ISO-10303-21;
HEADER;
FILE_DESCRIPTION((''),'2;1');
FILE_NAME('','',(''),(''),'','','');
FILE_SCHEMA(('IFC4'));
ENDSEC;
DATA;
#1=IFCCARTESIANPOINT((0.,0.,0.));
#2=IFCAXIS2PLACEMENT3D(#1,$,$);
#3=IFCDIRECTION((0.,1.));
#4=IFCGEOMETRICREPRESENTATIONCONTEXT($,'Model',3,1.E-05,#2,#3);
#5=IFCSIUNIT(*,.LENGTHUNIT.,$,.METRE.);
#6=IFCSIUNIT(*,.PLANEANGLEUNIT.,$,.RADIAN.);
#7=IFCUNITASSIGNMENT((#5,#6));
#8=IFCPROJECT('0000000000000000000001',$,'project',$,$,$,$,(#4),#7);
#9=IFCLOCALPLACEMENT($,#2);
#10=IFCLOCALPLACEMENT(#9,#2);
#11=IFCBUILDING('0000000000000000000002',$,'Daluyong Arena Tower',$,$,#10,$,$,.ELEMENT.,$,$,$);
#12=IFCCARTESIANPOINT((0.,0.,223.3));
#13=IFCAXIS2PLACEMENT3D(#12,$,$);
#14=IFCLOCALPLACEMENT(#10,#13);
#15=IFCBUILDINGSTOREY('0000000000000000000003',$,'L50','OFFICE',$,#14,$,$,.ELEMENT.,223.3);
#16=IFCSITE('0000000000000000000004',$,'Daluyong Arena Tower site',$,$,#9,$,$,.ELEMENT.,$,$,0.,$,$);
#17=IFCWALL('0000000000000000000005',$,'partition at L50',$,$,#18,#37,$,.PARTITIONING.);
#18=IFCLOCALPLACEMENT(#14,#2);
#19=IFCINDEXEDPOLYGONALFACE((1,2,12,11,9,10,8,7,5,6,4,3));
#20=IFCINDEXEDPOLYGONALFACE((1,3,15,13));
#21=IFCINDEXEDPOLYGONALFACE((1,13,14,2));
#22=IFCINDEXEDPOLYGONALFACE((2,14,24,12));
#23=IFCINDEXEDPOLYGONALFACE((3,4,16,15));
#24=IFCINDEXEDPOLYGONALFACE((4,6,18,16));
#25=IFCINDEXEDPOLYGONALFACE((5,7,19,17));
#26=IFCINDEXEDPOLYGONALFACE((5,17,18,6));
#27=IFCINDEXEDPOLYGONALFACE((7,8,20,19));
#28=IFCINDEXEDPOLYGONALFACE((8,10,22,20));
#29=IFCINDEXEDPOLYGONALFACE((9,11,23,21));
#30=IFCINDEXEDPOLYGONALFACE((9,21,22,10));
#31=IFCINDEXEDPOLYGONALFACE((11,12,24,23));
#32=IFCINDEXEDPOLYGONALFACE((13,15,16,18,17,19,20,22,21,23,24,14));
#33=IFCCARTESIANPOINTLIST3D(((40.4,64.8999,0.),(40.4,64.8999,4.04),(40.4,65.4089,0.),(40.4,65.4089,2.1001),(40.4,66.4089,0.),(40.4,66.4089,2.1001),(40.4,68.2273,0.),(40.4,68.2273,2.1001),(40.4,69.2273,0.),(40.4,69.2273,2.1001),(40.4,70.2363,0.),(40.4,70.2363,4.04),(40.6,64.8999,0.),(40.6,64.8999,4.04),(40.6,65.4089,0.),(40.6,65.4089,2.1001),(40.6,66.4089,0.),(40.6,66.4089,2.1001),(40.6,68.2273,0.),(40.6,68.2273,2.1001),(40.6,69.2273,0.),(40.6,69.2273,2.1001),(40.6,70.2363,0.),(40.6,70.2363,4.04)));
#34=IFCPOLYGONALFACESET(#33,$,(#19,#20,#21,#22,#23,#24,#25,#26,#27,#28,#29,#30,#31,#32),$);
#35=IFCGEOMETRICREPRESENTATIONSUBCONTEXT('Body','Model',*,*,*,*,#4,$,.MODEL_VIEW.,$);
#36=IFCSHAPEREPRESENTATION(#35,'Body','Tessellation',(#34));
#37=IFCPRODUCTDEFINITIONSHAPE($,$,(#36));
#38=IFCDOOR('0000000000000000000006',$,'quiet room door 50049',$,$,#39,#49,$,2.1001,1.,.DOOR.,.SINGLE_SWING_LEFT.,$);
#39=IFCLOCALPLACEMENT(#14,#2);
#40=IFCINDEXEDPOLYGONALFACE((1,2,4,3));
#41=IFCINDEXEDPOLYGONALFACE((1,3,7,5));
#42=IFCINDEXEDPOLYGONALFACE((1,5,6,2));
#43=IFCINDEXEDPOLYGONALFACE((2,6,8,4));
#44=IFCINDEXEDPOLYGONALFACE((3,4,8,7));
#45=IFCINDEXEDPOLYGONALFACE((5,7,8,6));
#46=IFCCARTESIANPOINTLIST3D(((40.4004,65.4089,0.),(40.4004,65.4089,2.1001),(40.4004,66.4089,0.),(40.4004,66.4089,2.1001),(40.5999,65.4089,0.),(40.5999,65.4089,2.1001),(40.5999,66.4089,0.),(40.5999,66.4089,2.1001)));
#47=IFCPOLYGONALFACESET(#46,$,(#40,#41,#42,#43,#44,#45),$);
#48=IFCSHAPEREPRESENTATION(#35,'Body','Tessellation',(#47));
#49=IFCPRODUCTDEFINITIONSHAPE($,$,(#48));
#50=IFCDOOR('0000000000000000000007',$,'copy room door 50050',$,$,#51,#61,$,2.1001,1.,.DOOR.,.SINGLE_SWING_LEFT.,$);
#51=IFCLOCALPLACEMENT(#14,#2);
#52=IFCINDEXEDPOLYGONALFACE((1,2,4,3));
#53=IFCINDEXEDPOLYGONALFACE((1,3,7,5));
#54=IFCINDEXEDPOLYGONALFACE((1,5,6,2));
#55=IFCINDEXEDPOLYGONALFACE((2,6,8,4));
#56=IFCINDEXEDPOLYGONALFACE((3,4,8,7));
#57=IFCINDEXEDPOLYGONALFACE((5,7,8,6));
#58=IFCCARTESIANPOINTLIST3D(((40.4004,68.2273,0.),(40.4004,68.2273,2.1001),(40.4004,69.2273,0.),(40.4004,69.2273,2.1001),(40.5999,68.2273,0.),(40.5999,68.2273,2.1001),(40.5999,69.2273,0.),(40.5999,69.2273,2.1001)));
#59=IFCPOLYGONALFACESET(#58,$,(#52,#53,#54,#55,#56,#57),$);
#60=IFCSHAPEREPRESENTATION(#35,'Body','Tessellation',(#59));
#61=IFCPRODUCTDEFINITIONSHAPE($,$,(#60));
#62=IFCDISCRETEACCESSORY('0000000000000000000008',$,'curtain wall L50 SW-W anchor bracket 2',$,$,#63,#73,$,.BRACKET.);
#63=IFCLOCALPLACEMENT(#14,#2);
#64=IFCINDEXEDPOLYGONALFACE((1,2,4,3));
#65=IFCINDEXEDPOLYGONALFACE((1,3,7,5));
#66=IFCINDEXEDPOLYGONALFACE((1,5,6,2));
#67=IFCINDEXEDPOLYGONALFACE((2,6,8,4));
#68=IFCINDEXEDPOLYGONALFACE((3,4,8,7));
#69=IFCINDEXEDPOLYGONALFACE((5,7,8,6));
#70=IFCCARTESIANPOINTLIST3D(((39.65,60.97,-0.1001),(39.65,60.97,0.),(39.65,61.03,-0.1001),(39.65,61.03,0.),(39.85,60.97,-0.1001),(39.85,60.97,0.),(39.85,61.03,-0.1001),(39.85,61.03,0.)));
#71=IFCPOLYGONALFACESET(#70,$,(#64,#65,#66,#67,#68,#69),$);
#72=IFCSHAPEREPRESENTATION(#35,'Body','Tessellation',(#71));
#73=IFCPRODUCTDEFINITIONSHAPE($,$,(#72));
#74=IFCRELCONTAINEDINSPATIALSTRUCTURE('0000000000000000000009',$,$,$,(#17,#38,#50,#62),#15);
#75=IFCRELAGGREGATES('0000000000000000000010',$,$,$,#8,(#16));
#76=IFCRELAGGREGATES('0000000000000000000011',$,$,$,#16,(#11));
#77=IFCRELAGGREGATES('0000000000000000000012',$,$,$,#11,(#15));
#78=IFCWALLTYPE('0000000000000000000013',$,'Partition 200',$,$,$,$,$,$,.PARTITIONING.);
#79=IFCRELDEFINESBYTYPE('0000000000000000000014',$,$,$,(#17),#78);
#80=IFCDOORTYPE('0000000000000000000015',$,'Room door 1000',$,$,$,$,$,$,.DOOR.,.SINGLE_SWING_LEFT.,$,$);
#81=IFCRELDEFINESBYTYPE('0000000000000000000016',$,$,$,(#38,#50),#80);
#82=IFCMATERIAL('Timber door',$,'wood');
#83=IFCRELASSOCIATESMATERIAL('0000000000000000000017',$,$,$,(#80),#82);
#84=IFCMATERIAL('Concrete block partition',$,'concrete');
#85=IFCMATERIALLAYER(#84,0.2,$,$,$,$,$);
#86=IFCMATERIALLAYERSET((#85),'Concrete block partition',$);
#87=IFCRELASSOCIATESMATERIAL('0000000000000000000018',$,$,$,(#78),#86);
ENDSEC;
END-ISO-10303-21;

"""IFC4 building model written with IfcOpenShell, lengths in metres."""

from ifc_helpers import new_model, si_unit, direction, frame, frame_2d, origin, origin_2d, place, context, subcontext, project, spatial, rectangle, extrude, material, layer, layer_set, type_object, element, fill, save


model = new_model("IFC4")

# Units and contexts
model_context = context("Model", 3, precision=1e-05, world=origin(), true_north=direction((0.0, 1.0)))
body_context = subcontext(model_context, "Body", "Model", "MODEL_VIEW")
ifc_project = project(units=[si_unit("LENGTHUNIT", "METRE"), si_unit("PLANEANGLEUNIT", "RADIAN")], contexts=[model_context])

# Site, building, storey
site_placement = place(None, origin())
site = spatial("IfcSite", under=ifc_project, at=site_placement, Name="Daluyong Arena Tower site", CompositionType="ELEMENT", RefElevation=0.0)
building_placement = place(site_placement, origin())
building = spatial("IfcBuilding", under=site, at=building_placement, Name="Daluyong Arena Tower", CompositionType="ELEMENT")
storey_placement = place(building_placement, frame((0.0, 0.0, 223.3)))
storey = spatial("IfcBuildingStorey", under=building, at=storey_placement, Name="L50", Description="OFFICE", CompositionType="ELEMENT", Elevation=223.3)

# Shared definitions
ifc_material_1 = material(Name="Timber door", Category="wood")
door_type = type_object("IfcDoorType", Name="Room door 1000", OperationType="SINGLE_SWING_LEFT", PredefinedType="DOOR", material=ifc_material_1)

# Shared definitions
ifc_material_2 = material(Name="Concrete block partition", Category="concrete")
ifc_layer_1 = layer(ifc_material_2, 0.2)
ifc_layer_set_1 = layer_set([ifc_layer_1], Name="Concrete block partition")
wall_type_1 = type_object("IfcWallType", Name="Partition 200", PredefinedType="PARTITIONING", material=ifc_layer_set_1)

# Wall, openings, doors
wall_1_placement = place(storey_placement, frame((40.5, 64.8999, 0.0), z_axis=(0.0, 0.0, 1.0), x_axis=(0.0, 1.0, 0.0)))
wall_1 = element("IfcWall", 1, at=wall_1_placement, inside=storey, type_object=wall_type_1, Name="partition at L50", PredefinedType="PARTITIONING", context=body_context, shape_type="SweptSolid", body=[
    extrude(rectangle(XDim=5.3364, YDim=0.2, at=frame_2d((2.6682, 0.0))), origin(), (0.0, 0.0, 1.0), 4.04),
])
opening_1_placement = place(wall_1_placement, frame((0.509, 0.0, 0.0)))
opening_1 = element("IfcOpeningElement", 2, at=opening_1_placement, cuts=wall_1, PredefinedType="OPENING", context=body_context, shape_type="SweptSolid", body=[
    extrude(rectangle(XDim=1.0, YDim=2.1001, at=frame_2d((0.5, 1.05))), frame((0.0, 0.1099, 0.0), z_axis=(0.0, -1.0, 0.0), x_axis=(1.0, 0.0, 0.0)), (0.0, 0.0, 1.0), 0.22),
])
opening_2_placement = place(wall_1_placement, frame((3.3274, 0.0, 0.0)))
opening_2 = element("IfcOpeningElement", 3, at=opening_2_placement, cuts=wall_1, PredefinedType="OPENING", context=body_context, shape_type="SweptSolid", body=[
    extrude(rectangle(XDim=1.0, YDim=2.1001, at=frame_2d((0.5, 1.05))), frame((0.0, 0.1099, 0.0), z_axis=(0.0, -1.0, 0.0), x_axis=(1.0, 0.0, 0.0)), (0.0, 0.0, 1.0), 0.22),
])
door_1_placement = place(opening_1_placement, origin())
door_1 = element("IfcDoor", 4, at=door_1_placement, inside=storey, type_object=door_type, Name="quiet room door 50049", OperationType="SINGLE_SWING_LEFT", OverallHeight=2.1001, OverallWidth=1.0, PredefinedType="DOOR", context=body_context, shape_type="SweptSolid", body=[
    extrude(rectangle(XDim=1.0, YDim=2.1001, at=frame_2d((0.5, 1.05))), frame((0.0, 0.0996, 0.0), z_axis=(0.0, -1.0, 0.0), x_axis=(1.0, 0.0, 0.0)), (0.0, 0.0, 1.0), 0.1995),
])
fill(opening_1, door_1)
door_2_placement = place(opening_2_placement, origin())
door_2 = element("IfcDoor", 5, at=door_2_placement, inside=storey, type_object=door_type, Name="copy room door 50050", OperationType="SINGLE_SWING_LEFT", OverallHeight=2.1001, OverallWidth=1.0, PredefinedType="DOOR", context=body_context, shape_type="SweptSolid", body=[
    extrude(rectangle(XDim=1.0, YDim=2.1001, at=frame_2d((0.5, 1.05))), frame((0.0, 0.0996, 0.0), z_axis=(0.0, -1.0, 0.0), x_axis=(1.0, 0.0, 0.0)), (0.0, 0.0, 1.0), 0.1995),
])
fill(opening_2, door_2)

# Discrete accessory
discrete_accessory_placement = place(storey_placement, frame((39.75, 61.0, -0.1001), z_axis=(0.0, 0.0, 1.0), x_axis=(0.0, -1.0, 0.0)))
element("IfcDiscreteAccessory", 6, at=discrete_accessory_placement, inside=storey, Name="curtain wall L50 SW-W anchor bracket 2", PredefinedType="BRACKET", context=body_context, shape_type="SweptSolid", body=[
    extrude(rectangle(XDim=0.0601, YDim=0.2, at=origin_2d()), origin(), (0.0, 0.0, 1.0), 0.1001),
])

save(model, "model.ifc")
